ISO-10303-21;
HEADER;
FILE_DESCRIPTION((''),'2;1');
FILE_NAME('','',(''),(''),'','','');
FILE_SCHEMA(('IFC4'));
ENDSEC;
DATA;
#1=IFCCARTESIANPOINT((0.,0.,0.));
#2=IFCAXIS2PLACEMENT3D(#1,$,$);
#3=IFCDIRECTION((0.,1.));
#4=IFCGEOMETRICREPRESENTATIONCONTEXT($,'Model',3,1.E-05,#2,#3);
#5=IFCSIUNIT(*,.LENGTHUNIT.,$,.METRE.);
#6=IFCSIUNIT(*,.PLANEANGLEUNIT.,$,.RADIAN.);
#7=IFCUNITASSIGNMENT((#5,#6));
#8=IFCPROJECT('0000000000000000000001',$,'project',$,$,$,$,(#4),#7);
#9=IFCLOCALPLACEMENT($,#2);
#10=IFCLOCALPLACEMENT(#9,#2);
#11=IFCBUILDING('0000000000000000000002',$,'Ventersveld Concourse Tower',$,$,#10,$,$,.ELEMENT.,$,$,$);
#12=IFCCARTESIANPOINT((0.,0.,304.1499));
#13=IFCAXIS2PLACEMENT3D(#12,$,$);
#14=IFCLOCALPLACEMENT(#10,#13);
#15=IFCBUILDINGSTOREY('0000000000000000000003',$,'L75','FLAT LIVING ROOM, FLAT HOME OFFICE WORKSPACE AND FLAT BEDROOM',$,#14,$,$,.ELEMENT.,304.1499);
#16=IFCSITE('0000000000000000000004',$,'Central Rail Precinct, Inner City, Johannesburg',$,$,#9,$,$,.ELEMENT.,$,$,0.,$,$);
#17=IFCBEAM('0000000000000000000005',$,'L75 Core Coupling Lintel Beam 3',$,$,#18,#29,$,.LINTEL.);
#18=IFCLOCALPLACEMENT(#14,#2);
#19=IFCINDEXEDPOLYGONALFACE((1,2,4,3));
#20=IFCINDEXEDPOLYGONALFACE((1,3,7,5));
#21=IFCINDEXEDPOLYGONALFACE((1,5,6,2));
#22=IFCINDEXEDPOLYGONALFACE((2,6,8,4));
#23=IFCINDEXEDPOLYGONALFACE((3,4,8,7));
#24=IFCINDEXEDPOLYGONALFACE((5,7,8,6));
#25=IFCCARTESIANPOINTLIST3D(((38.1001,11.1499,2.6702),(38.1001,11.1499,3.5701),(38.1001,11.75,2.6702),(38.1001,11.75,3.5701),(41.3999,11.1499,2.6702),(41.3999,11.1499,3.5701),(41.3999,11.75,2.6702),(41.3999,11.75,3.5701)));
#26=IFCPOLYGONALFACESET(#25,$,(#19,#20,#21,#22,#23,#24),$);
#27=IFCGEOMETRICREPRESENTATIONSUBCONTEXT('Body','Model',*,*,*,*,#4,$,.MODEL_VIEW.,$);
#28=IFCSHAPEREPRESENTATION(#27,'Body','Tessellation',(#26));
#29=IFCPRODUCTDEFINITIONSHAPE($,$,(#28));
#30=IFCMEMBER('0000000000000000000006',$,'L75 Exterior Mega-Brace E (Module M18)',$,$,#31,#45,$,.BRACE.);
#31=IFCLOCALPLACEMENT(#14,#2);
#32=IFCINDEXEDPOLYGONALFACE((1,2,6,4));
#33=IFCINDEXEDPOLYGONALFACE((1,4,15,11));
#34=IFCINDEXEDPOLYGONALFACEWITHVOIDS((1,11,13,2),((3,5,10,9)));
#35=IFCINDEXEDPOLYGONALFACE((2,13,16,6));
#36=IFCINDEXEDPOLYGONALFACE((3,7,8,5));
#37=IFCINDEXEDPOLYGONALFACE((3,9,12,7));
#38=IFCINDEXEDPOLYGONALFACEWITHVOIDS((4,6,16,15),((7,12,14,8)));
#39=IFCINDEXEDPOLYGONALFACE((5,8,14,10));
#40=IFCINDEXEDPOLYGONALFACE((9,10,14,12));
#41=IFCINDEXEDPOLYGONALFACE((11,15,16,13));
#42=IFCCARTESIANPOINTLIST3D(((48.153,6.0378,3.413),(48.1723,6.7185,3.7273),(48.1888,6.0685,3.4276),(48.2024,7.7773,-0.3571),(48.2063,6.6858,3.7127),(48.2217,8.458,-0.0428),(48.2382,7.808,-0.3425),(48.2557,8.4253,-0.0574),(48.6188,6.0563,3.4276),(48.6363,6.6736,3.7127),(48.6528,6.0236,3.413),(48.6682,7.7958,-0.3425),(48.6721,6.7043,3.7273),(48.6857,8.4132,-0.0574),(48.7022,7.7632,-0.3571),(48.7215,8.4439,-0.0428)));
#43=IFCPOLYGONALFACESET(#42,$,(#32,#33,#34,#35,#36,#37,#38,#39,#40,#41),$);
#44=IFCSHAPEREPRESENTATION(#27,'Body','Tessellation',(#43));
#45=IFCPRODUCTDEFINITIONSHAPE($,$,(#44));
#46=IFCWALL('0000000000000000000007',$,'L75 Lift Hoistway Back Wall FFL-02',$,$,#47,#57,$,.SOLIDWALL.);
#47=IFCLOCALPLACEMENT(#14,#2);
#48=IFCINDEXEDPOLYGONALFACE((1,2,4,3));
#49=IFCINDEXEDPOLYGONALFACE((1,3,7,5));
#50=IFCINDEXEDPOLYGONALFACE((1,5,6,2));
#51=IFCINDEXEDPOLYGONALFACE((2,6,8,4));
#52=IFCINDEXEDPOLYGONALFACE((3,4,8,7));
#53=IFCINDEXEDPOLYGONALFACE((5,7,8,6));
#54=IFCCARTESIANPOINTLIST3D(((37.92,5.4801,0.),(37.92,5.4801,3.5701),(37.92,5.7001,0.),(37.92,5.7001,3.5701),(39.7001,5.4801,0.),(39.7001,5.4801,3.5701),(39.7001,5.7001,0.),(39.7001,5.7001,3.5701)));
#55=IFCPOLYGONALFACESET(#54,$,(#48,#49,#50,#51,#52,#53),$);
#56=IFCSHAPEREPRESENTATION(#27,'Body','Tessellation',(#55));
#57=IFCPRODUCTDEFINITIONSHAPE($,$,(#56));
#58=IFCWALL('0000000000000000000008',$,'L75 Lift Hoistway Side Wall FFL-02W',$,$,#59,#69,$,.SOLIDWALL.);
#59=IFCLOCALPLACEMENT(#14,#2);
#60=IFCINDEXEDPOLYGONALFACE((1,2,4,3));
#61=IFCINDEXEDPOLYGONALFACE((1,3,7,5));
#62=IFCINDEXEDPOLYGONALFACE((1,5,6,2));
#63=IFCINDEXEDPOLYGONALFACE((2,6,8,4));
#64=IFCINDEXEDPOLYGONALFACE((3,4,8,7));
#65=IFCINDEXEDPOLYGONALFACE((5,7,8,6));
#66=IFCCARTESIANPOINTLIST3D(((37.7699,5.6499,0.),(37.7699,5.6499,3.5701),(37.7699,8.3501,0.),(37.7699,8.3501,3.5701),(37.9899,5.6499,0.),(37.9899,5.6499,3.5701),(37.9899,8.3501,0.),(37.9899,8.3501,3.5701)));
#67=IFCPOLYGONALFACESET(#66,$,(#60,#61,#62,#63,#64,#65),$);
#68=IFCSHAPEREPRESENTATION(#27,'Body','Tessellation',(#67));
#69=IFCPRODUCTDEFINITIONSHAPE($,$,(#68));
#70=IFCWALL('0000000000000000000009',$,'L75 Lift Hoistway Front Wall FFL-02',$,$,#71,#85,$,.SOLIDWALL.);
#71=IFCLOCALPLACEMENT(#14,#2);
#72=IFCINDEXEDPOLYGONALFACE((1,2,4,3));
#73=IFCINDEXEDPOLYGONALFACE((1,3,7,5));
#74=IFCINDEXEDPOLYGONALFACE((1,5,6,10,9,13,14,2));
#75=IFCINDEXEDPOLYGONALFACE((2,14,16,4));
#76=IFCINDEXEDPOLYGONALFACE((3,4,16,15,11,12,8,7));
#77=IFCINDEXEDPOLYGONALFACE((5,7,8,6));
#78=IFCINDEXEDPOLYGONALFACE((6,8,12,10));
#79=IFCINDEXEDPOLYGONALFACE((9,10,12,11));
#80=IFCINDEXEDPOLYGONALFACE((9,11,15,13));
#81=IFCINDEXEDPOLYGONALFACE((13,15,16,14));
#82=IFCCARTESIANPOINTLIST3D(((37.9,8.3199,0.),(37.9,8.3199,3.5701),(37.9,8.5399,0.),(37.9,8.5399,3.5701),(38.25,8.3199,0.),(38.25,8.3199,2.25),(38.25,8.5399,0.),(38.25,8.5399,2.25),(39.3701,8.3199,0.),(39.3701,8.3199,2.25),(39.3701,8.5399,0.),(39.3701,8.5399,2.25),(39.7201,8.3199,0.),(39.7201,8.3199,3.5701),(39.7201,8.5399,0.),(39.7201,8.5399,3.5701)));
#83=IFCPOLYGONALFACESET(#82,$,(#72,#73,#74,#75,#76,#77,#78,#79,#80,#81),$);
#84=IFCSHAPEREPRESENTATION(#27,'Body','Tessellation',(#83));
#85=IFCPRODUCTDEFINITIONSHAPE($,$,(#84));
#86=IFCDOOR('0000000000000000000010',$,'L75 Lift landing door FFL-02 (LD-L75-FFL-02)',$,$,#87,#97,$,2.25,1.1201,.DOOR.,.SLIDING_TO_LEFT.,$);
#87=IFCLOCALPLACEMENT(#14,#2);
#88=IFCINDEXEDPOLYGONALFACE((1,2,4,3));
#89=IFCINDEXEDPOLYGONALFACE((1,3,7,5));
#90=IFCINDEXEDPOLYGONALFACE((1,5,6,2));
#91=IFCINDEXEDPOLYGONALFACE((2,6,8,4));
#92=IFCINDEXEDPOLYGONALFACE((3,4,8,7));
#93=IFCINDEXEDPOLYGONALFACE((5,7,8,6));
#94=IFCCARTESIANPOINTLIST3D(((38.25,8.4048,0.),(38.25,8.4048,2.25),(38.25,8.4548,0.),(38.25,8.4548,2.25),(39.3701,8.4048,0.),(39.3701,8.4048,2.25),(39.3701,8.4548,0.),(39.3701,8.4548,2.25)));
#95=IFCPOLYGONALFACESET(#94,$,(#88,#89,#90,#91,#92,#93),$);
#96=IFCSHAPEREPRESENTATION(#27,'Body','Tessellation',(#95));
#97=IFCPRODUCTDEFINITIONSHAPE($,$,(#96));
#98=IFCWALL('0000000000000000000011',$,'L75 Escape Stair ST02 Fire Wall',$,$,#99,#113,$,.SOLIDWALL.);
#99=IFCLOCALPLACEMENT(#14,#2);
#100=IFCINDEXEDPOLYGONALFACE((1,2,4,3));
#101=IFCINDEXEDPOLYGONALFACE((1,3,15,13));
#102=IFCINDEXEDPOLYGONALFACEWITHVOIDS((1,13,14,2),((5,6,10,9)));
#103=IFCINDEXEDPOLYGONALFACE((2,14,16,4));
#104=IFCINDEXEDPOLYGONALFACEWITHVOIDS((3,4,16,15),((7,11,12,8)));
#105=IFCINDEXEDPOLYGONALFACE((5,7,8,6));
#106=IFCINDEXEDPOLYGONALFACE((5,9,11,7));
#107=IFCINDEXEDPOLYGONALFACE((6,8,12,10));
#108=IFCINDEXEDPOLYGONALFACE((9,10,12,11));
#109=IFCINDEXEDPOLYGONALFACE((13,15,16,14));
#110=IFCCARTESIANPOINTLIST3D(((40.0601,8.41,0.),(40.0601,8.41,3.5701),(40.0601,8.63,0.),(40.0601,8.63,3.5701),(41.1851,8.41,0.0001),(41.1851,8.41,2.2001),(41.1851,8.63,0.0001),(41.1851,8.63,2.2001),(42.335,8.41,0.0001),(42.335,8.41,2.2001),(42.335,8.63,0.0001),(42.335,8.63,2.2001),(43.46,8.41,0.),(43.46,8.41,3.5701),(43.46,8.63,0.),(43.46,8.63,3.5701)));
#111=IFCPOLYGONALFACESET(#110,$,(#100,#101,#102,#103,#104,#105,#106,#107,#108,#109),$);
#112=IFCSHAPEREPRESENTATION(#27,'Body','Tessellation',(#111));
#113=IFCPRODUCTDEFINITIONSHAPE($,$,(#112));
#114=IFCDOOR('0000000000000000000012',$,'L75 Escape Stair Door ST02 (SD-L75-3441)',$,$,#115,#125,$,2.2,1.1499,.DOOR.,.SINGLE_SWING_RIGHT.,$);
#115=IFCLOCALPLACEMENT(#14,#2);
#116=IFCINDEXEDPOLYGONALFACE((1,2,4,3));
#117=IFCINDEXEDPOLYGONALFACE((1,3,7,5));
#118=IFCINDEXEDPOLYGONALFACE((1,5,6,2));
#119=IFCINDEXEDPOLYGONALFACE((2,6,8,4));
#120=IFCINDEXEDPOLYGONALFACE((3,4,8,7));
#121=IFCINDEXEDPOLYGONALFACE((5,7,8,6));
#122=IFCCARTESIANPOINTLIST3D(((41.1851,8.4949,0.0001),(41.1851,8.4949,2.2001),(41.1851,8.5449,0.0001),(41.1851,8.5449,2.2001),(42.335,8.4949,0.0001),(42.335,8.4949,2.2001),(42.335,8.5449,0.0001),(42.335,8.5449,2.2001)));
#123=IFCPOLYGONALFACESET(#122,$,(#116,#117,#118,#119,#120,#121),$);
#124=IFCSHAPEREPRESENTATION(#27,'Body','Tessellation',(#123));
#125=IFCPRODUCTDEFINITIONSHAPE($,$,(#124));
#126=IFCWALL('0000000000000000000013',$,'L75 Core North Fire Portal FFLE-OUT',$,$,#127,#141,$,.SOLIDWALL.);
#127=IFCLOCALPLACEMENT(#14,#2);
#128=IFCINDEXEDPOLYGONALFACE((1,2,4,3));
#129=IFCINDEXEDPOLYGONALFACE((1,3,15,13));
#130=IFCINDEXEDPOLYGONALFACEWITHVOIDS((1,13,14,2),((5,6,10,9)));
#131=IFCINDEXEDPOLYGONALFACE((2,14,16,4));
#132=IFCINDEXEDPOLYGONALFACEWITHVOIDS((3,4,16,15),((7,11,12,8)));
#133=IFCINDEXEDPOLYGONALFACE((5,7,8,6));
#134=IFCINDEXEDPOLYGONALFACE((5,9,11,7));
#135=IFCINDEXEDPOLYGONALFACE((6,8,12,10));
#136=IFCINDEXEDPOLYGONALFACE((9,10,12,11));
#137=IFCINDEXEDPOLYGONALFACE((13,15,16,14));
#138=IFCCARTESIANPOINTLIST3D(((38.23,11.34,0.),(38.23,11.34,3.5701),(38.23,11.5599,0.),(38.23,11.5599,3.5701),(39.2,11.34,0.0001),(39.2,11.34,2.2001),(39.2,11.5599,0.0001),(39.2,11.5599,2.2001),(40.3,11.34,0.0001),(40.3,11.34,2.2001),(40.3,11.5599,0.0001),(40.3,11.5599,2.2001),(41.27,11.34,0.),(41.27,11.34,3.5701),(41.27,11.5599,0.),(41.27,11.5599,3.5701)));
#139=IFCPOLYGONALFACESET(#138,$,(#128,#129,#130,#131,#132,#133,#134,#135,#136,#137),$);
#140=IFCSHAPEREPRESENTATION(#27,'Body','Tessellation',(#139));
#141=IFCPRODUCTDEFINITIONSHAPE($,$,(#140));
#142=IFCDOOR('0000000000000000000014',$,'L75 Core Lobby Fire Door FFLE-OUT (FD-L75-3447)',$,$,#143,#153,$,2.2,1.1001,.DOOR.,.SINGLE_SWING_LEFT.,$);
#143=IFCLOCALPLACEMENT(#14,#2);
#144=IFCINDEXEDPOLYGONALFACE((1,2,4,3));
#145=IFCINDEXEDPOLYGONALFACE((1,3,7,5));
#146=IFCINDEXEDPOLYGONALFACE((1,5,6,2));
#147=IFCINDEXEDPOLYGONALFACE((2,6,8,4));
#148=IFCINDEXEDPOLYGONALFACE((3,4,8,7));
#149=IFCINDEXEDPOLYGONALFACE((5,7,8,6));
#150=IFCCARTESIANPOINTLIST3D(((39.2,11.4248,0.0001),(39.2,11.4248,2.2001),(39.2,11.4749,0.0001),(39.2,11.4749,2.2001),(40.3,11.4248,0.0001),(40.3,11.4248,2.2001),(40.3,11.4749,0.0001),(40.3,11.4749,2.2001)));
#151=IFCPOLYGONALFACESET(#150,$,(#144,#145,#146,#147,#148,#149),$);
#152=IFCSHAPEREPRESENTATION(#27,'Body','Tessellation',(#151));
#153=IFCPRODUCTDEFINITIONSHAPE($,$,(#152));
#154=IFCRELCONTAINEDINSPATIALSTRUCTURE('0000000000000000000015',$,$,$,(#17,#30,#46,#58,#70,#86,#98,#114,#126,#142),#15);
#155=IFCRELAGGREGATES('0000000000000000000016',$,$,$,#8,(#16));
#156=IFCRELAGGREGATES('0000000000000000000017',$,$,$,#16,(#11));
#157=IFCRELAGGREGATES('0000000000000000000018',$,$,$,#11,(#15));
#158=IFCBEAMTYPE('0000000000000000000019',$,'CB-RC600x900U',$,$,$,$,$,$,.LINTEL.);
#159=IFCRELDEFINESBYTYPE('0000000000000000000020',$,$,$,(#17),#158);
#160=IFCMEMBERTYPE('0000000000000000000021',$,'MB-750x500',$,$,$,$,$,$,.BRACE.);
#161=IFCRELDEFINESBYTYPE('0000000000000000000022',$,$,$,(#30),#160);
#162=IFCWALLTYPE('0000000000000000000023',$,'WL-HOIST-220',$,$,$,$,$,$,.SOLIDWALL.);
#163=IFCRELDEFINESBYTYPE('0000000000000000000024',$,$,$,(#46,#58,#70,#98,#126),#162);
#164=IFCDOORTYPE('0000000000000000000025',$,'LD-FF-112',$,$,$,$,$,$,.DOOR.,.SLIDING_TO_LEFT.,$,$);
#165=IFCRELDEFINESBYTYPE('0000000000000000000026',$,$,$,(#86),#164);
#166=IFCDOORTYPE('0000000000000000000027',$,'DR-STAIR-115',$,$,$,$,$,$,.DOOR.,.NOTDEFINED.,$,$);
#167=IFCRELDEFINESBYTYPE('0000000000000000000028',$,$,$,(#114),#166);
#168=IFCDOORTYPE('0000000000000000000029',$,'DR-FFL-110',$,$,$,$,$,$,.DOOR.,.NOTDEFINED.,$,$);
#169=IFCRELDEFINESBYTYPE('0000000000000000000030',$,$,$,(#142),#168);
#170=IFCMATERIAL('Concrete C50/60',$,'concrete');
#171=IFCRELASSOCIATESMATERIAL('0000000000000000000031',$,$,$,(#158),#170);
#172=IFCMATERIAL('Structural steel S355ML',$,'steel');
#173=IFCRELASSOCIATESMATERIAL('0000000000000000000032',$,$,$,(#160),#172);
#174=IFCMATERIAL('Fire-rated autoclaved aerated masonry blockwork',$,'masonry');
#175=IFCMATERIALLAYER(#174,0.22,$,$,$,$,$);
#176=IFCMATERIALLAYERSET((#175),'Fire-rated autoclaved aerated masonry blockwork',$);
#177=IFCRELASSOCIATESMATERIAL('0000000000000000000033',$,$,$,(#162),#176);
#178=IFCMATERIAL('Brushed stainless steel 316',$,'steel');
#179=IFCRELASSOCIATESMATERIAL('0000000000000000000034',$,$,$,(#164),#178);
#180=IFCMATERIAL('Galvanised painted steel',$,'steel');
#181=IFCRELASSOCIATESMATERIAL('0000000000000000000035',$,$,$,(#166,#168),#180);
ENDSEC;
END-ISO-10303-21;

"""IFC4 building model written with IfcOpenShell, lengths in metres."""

from ifc_helpers import new_model, si_unit, direction, frame, frame_2d, origin, origin_2d, place, context, subcontext, project, spatial, rectangle, hollow_rectangle, extrude, material, layer, layer_set, material_profile, profile_set, type_object, element, fill, save


model = new_model("IFC4")

# Units and contexts
model_context = context("Model", 3, precision=1e-05, world=origin(), true_north=direction((0.0, 1.0)))
body_context = subcontext(model_context, "Body", "Model", "MODEL_VIEW")
ifc_project = project(units=[si_unit("LENGTHUNIT", "METRE"), si_unit("PLANEANGLEUNIT", "RADIAN")], contexts=[model_context])

# Site, building, storey
site_placement = place(None, origin())
site = spatial("IfcSite", under=ifc_project, at=site_placement, Name="Central Rail Precinct, Inner City, Johannesburg", CompositionType="ELEMENT", RefElevation=0.0)
building_placement = place(site_placement, origin())
building = spatial("IfcBuilding", under=site, at=building_placement, Name="Ventersveld Concourse Tower", CompositionType="ELEMENT")
storey_placement = place(building_placement, frame((0.0, 0.0, 304.1499)))
storey = spatial("IfcBuildingStorey", under=building, at=storey_placement, Name="L75", Description="FLAT LIVING ROOM, FLAT HOME OFFICE WORKSPACE AND FLAT BEDROOM", CompositionType="ELEMENT", Elevation=304.1499)

# Beam
ifc_material_1 = material(Name="Concrete C50/60", Category="concrete")
ifc_material_profile_1 = material_profile(ifc_material_1, rectangle(XDim=0.6001, YDim=0.8999, at=origin_2d()), Name="RC 600x900")
ifc_profile_set_1 = profile_set([ifc_material_profile_1], Name="Concrete C50/60")
beam_type = type_object("IfcBeamType", Name="CB-RC600x900U", PredefinedType="LINTEL", material=ifc_profile_set_1)
beam_placement = place(storey_placement, frame((38.1001, 11.45, 3.1201), z_axis=(1.0, 0.0, 0.0), x_axis=(0.0, 1.0, 0.0)))
element("IfcBeam", 1, at=beam_placement, inside=storey, type_object=beam_type, Name="L75 Core Coupling Lintel Beam 3", PredefinedType="LINTEL", context=body_context, shape_type="SweptSolid", body=[
    extrude(rectangle(XDim=0.6001, YDim=0.8999, at=origin_2d()), origin(), (0.0, 0.0, 1.0), 3.2998),
])

# Member
ifc_material_2 = material(Name="Structural steel S355ML", Category="steel")
ifc_material_profile_2 = material_profile(ifc_material_2, hollow_rectangle(XDim=0.5, YDim=0.75, WallThickness=0.0349, at=origin_2d()), Name="BOX 750x500x35")
ifc_profile_set_2 = profile_set([ifc_material_profile_2], Name="Structural steel S355ML")
member_type = type_object("IfcMemberType", Name="MB-750x500", PredefinedType="BRACE", material=ifc_profile_set_2)
member_placement = place(storey_placement, frame((48.4619, 8.1106, -0.2), z_axis=(-0.011877, -0.418928, 0.907942), x_axis=(0.999598, -0.028339, 0.0)))
element("IfcMember", 2, at=member_placement, inside=storey, type_object=member_type, Name="L75 Exterior Mega-Brace E (Module M18)", PredefinedType="BRACE", context=body_context, shape_type="SweptSolid", body=[
    extrude(hollow_rectangle(XDim=0.5, YDim=0.75, WallThickness=0.0349, at=origin_2d()), origin(), (0.0, 0.0, 1.0), 4.1523),
])

# Walls
ifc_material_3 = material(Name="Fire-rated autoclaved aerated masonry blockwork", Category="masonry")
ifc_layer = layer(ifc_material_3, 0.22)
ifc_layer_set = layer_set([ifc_layer], Name="Fire-rated autoclaved aerated masonry blockwork")
wall_type = type_object("IfcWallType", Name="WL-HOIST-220", PredefinedType="SOLIDWALL", material=ifc_layer_set)
wall_1_placement = place(storey_placement, frame((37.9199, 5.5901, 0.0), z_axis=(0.0, 0.0, 1.0), x_axis=(1.0, 0.0, 0.0)))
element("IfcWall", 3, at=wall_1_placement, inside=storey, type_object=wall_type, Name="L75 Lift Hoistway Back Wall FFL-02", PredefinedType="SOLIDWALL", context=body_context, shape_type="SweptSolid", body=[
    extrude(rectangle(XDim=1.78, YDim=0.22, at=frame_2d((0.8901, 0.0))), origin(), (0.0, 0.0, 1.0), 3.5701),
])
wall_2_placement = place(storey_placement, frame((37.8799, 5.6499, 0.0), z_axis=(0.0, 0.0, 1.0), x_axis=(0.0, 1.0, 0.0)))
element("IfcWall", 4, at=wall_2_placement, inside=storey, type_object=wall_type, Name="L75 Lift Hoistway Side Wall FFL-02W", PredefinedType="SOLIDWALL", context=body_context, shape_type="SweptSolid", body=[
    extrude(rectangle(XDim=2.7002, YDim=0.22, at=frame_2d((1.3501, 0.0))), origin(), (0.0, 0.0, 1.0), 3.5701),
])

# Walls, openings, doors
wall_3_placement = place(storey_placement, frame((37.8999, 8.4299, 0.0), z_axis=(0.0, 0.0, 1.0), x_axis=(1.0, 0.0, 0.0)))
wall_3 = element("IfcWall", 5, at=wall_3_placement, inside=storey, type_object=wall_type, Name="L75 Lift Hoistway Front Wall FFL-02", PredefinedType="SOLIDWALL", context=body_context, shape_type="SweptSolid", body=[
    extrude(rectangle(XDim=1.8201, YDim=0.22, at=frame_2d((0.9102, 0.0))), origin(), (0.0, 0.0, 1.0), 3.5701),
])
opening_1_placement = place(wall_3_placement, frame((0.3501, 0.0, 0.0)))
opening_1 = element("IfcOpeningElement", 6, at=opening_1_placement, cuts=wall_3, PredefinedType="OPENING", context=body_context, shape_type="SweptSolid", body=[
    extrude(rectangle(XDim=1.1201, YDim=2.25, at=frame_2d((0.5601, 1.125))), frame((0.0, 0.1201, 0.0), z_axis=(0.0, -1.0, 0.0), x_axis=(1.0, 0.0, 0.0)), (0.0, 0.0, 1.0), 0.24),
])
ifc_material_4 = material(Name="Brushed stainless steel 316", Category="steel")
door_type_1 = type_object("IfcDoorType", Name="LD-FF-112", OperationType="SLIDING_TO_LEFT", PredefinedType="DOOR", material=ifc_material_4)
door_1_placement = place(opening_1_placement, origin())
door_1 = element("IfcDoor", 7, at=door_1_placement, inside=storey, type_object=door_type_1, Name="L75 Lift landing door FFL-02 (LD-L75-FFL-02)", OperationType="SLIDING_TO_LEFT", OverallHeight=2.25, OverallWidth=1.1201, PredefinedType="DOOR", context=body_context, shape_type="SweptSolid", body=[
    extrude(rectangle(XDim=1.1201, YDim=2.25, at=frame_2d((0.5601, 1.125))), frame((0.0, 0.0249, 0.0), z_axis=(0.0, -1.0, 0.0), x_axis=(1.0, 0.0, 0.0)), (0.0, 0.0, 1.0), 0.05),
])
fill(opening_1, door_1)
wall_4_placement = place(storey_placement, frame((40.0601, 8.52, 0.0), z_axis=(0.0, 0.0, 1.0), x_axis=(1.0, 0.0, 0.0)))
wall_4 = element("IfcWall", 8, at=wall_4_placement, inside=storey, type_object=wall_type, Name="L75 Escape Stair ST02 Fire Wall", PredefinedType="SOLIDWALL", context=body_context, shape_type="SweptSolid", body=[
    extrude(rectangle(XDim=3.3999, YDim=0.22, at=frame_2d((1.7, 0.0))), origin(), (0.0, 0.0, 1.0), 3.5701),
])
opening_2_placement = place(wall_4_placement, frame((1.125, 0.0, 0.0)))
opening_2 = element("IfcOpeningElement", 9, at=opening_2_placement, cuts=wall_4, PredefinedType="OPENING", context=body_context, shape_type="SweptSolid", body=[
    extrude(rectangle(XDim=1.1499, YDim=2.2, at=frame_2d((0.575, 1.1001))), frame((0.0, 0.1201, 0.0), z_axis=(0.0, -1.0, 0.0), x_axis=(1.0, 0.0, 0.0)), (0.0, 0.0, 1.0), 0.24),
])
ifc_material_5 = material(Name="Galvanised painted steel", Category="steel")
door_type_2 = type_object("IfcDoorType", Name="DR-STAIR-115", OperationType="NOTDEFINED", PredefinedType="DOOR", material=ifc_material_5)
door_2_placement = place(opening_2_placement, origin())
door_2 = element("IfcDoor", 10, at=door_2_placement, inside=storey, type_object=door_type_2, Name="L75 Escape Stair Door ST02 (SD-L75-3441)", OperationType="SINGLE_SWING_RIGHT", OverallHeight=2.2, OverallWidth=1.1499, PredefinedType="DOOR", context=body_context, shape_type="SweptSolid", body=[
    extrude(rectangle(XDim=1.1499, YDim=2.2, at=frame_2d((0.575, 1.1001))), frame((0.0, 0.0249, 0.0), z_axis=(0.0, -1.0, 0.0), x_axis=(1.0, 0.0, 0.0)), (0.0, 0.0, 1.0), 0.05),
])
fill(opening_2, door_2)
wall_5_placement = place(storey_placement, frame((38.23, 11.45, 0.0), z_axis=(0.0, 0.0, 1.0), x_axis=(1.0, 0.0, 0.0)))
wall_5 = element("IfcWall", 11, at=wall_5_placement, inside=storey, type_object=wall_type, Name="L75 Core North Fire Portal FFLE-OUT", PredefinedType="SOLIDWALL", context=body_context, shape_type="SweptSolid", body=[
    extrude(rectangle(XDim=3.04, YDim=0.22, at=frame_2d((1.52, 0.0))), origin(), (0.0, 0.0, 1.0), 3.5701),
])
opening_3_placement = place(wall_5_placement, frame((0.97, 0.0, 0.0)))
opening_3 = element("IfcOpeningElement", 12, at=opening_3_placement, cuts=wall_5, PredefinedType="OPENING", context=body_context, shape_type="SweptSolid", body=[
    extrude(rectangle(XDim=1.1001, YDim=2.2, at=frame_2d((0.55, 1.1001))), frame((0.0, 0.1201, 0.0), z_axis=(0.0, -1.0, 0.0), x_axis=(1.0, 0.0, 0.0)), (0.0, 0.0, 1.0), 0.24),
])
door_type_3 = type_object("IfcDoorType", Name="DR-FFL-110", OperationType="NOTDEFINED", PredefinedType="DOOR", material=ifc_material_5)
door_3_placement = place(opening_3_placement, origin())
door_3 = element("IfcDoor", 13, at=door_3_placement, inside=storey, type_object=door_type_3, Name="L75 Core Lobby Fire Door FFLE-OUT (FD-L75-3447)", OperationType="SINGLE_SWING_LEFT", OverallHeight=2.2, OverallWidth=1.1001, PredefinedType="DOOR", context=body_context, shape_type="SweptSolid", body=[
    extrude(rectangle(XDim=1.1001, YDim=2.2, at=frame_2d((0.55, 1.1001))), frame((0.0, 0.0249, 0.0), z_axis=(0.0, -1.0, 0.0), x_axis=(1.0, 0.0, 0.0)), (0.0, 0.0, 1.0), 0.05),
])
fill(opening_3, door_3)

save(model, "model.ifc")
